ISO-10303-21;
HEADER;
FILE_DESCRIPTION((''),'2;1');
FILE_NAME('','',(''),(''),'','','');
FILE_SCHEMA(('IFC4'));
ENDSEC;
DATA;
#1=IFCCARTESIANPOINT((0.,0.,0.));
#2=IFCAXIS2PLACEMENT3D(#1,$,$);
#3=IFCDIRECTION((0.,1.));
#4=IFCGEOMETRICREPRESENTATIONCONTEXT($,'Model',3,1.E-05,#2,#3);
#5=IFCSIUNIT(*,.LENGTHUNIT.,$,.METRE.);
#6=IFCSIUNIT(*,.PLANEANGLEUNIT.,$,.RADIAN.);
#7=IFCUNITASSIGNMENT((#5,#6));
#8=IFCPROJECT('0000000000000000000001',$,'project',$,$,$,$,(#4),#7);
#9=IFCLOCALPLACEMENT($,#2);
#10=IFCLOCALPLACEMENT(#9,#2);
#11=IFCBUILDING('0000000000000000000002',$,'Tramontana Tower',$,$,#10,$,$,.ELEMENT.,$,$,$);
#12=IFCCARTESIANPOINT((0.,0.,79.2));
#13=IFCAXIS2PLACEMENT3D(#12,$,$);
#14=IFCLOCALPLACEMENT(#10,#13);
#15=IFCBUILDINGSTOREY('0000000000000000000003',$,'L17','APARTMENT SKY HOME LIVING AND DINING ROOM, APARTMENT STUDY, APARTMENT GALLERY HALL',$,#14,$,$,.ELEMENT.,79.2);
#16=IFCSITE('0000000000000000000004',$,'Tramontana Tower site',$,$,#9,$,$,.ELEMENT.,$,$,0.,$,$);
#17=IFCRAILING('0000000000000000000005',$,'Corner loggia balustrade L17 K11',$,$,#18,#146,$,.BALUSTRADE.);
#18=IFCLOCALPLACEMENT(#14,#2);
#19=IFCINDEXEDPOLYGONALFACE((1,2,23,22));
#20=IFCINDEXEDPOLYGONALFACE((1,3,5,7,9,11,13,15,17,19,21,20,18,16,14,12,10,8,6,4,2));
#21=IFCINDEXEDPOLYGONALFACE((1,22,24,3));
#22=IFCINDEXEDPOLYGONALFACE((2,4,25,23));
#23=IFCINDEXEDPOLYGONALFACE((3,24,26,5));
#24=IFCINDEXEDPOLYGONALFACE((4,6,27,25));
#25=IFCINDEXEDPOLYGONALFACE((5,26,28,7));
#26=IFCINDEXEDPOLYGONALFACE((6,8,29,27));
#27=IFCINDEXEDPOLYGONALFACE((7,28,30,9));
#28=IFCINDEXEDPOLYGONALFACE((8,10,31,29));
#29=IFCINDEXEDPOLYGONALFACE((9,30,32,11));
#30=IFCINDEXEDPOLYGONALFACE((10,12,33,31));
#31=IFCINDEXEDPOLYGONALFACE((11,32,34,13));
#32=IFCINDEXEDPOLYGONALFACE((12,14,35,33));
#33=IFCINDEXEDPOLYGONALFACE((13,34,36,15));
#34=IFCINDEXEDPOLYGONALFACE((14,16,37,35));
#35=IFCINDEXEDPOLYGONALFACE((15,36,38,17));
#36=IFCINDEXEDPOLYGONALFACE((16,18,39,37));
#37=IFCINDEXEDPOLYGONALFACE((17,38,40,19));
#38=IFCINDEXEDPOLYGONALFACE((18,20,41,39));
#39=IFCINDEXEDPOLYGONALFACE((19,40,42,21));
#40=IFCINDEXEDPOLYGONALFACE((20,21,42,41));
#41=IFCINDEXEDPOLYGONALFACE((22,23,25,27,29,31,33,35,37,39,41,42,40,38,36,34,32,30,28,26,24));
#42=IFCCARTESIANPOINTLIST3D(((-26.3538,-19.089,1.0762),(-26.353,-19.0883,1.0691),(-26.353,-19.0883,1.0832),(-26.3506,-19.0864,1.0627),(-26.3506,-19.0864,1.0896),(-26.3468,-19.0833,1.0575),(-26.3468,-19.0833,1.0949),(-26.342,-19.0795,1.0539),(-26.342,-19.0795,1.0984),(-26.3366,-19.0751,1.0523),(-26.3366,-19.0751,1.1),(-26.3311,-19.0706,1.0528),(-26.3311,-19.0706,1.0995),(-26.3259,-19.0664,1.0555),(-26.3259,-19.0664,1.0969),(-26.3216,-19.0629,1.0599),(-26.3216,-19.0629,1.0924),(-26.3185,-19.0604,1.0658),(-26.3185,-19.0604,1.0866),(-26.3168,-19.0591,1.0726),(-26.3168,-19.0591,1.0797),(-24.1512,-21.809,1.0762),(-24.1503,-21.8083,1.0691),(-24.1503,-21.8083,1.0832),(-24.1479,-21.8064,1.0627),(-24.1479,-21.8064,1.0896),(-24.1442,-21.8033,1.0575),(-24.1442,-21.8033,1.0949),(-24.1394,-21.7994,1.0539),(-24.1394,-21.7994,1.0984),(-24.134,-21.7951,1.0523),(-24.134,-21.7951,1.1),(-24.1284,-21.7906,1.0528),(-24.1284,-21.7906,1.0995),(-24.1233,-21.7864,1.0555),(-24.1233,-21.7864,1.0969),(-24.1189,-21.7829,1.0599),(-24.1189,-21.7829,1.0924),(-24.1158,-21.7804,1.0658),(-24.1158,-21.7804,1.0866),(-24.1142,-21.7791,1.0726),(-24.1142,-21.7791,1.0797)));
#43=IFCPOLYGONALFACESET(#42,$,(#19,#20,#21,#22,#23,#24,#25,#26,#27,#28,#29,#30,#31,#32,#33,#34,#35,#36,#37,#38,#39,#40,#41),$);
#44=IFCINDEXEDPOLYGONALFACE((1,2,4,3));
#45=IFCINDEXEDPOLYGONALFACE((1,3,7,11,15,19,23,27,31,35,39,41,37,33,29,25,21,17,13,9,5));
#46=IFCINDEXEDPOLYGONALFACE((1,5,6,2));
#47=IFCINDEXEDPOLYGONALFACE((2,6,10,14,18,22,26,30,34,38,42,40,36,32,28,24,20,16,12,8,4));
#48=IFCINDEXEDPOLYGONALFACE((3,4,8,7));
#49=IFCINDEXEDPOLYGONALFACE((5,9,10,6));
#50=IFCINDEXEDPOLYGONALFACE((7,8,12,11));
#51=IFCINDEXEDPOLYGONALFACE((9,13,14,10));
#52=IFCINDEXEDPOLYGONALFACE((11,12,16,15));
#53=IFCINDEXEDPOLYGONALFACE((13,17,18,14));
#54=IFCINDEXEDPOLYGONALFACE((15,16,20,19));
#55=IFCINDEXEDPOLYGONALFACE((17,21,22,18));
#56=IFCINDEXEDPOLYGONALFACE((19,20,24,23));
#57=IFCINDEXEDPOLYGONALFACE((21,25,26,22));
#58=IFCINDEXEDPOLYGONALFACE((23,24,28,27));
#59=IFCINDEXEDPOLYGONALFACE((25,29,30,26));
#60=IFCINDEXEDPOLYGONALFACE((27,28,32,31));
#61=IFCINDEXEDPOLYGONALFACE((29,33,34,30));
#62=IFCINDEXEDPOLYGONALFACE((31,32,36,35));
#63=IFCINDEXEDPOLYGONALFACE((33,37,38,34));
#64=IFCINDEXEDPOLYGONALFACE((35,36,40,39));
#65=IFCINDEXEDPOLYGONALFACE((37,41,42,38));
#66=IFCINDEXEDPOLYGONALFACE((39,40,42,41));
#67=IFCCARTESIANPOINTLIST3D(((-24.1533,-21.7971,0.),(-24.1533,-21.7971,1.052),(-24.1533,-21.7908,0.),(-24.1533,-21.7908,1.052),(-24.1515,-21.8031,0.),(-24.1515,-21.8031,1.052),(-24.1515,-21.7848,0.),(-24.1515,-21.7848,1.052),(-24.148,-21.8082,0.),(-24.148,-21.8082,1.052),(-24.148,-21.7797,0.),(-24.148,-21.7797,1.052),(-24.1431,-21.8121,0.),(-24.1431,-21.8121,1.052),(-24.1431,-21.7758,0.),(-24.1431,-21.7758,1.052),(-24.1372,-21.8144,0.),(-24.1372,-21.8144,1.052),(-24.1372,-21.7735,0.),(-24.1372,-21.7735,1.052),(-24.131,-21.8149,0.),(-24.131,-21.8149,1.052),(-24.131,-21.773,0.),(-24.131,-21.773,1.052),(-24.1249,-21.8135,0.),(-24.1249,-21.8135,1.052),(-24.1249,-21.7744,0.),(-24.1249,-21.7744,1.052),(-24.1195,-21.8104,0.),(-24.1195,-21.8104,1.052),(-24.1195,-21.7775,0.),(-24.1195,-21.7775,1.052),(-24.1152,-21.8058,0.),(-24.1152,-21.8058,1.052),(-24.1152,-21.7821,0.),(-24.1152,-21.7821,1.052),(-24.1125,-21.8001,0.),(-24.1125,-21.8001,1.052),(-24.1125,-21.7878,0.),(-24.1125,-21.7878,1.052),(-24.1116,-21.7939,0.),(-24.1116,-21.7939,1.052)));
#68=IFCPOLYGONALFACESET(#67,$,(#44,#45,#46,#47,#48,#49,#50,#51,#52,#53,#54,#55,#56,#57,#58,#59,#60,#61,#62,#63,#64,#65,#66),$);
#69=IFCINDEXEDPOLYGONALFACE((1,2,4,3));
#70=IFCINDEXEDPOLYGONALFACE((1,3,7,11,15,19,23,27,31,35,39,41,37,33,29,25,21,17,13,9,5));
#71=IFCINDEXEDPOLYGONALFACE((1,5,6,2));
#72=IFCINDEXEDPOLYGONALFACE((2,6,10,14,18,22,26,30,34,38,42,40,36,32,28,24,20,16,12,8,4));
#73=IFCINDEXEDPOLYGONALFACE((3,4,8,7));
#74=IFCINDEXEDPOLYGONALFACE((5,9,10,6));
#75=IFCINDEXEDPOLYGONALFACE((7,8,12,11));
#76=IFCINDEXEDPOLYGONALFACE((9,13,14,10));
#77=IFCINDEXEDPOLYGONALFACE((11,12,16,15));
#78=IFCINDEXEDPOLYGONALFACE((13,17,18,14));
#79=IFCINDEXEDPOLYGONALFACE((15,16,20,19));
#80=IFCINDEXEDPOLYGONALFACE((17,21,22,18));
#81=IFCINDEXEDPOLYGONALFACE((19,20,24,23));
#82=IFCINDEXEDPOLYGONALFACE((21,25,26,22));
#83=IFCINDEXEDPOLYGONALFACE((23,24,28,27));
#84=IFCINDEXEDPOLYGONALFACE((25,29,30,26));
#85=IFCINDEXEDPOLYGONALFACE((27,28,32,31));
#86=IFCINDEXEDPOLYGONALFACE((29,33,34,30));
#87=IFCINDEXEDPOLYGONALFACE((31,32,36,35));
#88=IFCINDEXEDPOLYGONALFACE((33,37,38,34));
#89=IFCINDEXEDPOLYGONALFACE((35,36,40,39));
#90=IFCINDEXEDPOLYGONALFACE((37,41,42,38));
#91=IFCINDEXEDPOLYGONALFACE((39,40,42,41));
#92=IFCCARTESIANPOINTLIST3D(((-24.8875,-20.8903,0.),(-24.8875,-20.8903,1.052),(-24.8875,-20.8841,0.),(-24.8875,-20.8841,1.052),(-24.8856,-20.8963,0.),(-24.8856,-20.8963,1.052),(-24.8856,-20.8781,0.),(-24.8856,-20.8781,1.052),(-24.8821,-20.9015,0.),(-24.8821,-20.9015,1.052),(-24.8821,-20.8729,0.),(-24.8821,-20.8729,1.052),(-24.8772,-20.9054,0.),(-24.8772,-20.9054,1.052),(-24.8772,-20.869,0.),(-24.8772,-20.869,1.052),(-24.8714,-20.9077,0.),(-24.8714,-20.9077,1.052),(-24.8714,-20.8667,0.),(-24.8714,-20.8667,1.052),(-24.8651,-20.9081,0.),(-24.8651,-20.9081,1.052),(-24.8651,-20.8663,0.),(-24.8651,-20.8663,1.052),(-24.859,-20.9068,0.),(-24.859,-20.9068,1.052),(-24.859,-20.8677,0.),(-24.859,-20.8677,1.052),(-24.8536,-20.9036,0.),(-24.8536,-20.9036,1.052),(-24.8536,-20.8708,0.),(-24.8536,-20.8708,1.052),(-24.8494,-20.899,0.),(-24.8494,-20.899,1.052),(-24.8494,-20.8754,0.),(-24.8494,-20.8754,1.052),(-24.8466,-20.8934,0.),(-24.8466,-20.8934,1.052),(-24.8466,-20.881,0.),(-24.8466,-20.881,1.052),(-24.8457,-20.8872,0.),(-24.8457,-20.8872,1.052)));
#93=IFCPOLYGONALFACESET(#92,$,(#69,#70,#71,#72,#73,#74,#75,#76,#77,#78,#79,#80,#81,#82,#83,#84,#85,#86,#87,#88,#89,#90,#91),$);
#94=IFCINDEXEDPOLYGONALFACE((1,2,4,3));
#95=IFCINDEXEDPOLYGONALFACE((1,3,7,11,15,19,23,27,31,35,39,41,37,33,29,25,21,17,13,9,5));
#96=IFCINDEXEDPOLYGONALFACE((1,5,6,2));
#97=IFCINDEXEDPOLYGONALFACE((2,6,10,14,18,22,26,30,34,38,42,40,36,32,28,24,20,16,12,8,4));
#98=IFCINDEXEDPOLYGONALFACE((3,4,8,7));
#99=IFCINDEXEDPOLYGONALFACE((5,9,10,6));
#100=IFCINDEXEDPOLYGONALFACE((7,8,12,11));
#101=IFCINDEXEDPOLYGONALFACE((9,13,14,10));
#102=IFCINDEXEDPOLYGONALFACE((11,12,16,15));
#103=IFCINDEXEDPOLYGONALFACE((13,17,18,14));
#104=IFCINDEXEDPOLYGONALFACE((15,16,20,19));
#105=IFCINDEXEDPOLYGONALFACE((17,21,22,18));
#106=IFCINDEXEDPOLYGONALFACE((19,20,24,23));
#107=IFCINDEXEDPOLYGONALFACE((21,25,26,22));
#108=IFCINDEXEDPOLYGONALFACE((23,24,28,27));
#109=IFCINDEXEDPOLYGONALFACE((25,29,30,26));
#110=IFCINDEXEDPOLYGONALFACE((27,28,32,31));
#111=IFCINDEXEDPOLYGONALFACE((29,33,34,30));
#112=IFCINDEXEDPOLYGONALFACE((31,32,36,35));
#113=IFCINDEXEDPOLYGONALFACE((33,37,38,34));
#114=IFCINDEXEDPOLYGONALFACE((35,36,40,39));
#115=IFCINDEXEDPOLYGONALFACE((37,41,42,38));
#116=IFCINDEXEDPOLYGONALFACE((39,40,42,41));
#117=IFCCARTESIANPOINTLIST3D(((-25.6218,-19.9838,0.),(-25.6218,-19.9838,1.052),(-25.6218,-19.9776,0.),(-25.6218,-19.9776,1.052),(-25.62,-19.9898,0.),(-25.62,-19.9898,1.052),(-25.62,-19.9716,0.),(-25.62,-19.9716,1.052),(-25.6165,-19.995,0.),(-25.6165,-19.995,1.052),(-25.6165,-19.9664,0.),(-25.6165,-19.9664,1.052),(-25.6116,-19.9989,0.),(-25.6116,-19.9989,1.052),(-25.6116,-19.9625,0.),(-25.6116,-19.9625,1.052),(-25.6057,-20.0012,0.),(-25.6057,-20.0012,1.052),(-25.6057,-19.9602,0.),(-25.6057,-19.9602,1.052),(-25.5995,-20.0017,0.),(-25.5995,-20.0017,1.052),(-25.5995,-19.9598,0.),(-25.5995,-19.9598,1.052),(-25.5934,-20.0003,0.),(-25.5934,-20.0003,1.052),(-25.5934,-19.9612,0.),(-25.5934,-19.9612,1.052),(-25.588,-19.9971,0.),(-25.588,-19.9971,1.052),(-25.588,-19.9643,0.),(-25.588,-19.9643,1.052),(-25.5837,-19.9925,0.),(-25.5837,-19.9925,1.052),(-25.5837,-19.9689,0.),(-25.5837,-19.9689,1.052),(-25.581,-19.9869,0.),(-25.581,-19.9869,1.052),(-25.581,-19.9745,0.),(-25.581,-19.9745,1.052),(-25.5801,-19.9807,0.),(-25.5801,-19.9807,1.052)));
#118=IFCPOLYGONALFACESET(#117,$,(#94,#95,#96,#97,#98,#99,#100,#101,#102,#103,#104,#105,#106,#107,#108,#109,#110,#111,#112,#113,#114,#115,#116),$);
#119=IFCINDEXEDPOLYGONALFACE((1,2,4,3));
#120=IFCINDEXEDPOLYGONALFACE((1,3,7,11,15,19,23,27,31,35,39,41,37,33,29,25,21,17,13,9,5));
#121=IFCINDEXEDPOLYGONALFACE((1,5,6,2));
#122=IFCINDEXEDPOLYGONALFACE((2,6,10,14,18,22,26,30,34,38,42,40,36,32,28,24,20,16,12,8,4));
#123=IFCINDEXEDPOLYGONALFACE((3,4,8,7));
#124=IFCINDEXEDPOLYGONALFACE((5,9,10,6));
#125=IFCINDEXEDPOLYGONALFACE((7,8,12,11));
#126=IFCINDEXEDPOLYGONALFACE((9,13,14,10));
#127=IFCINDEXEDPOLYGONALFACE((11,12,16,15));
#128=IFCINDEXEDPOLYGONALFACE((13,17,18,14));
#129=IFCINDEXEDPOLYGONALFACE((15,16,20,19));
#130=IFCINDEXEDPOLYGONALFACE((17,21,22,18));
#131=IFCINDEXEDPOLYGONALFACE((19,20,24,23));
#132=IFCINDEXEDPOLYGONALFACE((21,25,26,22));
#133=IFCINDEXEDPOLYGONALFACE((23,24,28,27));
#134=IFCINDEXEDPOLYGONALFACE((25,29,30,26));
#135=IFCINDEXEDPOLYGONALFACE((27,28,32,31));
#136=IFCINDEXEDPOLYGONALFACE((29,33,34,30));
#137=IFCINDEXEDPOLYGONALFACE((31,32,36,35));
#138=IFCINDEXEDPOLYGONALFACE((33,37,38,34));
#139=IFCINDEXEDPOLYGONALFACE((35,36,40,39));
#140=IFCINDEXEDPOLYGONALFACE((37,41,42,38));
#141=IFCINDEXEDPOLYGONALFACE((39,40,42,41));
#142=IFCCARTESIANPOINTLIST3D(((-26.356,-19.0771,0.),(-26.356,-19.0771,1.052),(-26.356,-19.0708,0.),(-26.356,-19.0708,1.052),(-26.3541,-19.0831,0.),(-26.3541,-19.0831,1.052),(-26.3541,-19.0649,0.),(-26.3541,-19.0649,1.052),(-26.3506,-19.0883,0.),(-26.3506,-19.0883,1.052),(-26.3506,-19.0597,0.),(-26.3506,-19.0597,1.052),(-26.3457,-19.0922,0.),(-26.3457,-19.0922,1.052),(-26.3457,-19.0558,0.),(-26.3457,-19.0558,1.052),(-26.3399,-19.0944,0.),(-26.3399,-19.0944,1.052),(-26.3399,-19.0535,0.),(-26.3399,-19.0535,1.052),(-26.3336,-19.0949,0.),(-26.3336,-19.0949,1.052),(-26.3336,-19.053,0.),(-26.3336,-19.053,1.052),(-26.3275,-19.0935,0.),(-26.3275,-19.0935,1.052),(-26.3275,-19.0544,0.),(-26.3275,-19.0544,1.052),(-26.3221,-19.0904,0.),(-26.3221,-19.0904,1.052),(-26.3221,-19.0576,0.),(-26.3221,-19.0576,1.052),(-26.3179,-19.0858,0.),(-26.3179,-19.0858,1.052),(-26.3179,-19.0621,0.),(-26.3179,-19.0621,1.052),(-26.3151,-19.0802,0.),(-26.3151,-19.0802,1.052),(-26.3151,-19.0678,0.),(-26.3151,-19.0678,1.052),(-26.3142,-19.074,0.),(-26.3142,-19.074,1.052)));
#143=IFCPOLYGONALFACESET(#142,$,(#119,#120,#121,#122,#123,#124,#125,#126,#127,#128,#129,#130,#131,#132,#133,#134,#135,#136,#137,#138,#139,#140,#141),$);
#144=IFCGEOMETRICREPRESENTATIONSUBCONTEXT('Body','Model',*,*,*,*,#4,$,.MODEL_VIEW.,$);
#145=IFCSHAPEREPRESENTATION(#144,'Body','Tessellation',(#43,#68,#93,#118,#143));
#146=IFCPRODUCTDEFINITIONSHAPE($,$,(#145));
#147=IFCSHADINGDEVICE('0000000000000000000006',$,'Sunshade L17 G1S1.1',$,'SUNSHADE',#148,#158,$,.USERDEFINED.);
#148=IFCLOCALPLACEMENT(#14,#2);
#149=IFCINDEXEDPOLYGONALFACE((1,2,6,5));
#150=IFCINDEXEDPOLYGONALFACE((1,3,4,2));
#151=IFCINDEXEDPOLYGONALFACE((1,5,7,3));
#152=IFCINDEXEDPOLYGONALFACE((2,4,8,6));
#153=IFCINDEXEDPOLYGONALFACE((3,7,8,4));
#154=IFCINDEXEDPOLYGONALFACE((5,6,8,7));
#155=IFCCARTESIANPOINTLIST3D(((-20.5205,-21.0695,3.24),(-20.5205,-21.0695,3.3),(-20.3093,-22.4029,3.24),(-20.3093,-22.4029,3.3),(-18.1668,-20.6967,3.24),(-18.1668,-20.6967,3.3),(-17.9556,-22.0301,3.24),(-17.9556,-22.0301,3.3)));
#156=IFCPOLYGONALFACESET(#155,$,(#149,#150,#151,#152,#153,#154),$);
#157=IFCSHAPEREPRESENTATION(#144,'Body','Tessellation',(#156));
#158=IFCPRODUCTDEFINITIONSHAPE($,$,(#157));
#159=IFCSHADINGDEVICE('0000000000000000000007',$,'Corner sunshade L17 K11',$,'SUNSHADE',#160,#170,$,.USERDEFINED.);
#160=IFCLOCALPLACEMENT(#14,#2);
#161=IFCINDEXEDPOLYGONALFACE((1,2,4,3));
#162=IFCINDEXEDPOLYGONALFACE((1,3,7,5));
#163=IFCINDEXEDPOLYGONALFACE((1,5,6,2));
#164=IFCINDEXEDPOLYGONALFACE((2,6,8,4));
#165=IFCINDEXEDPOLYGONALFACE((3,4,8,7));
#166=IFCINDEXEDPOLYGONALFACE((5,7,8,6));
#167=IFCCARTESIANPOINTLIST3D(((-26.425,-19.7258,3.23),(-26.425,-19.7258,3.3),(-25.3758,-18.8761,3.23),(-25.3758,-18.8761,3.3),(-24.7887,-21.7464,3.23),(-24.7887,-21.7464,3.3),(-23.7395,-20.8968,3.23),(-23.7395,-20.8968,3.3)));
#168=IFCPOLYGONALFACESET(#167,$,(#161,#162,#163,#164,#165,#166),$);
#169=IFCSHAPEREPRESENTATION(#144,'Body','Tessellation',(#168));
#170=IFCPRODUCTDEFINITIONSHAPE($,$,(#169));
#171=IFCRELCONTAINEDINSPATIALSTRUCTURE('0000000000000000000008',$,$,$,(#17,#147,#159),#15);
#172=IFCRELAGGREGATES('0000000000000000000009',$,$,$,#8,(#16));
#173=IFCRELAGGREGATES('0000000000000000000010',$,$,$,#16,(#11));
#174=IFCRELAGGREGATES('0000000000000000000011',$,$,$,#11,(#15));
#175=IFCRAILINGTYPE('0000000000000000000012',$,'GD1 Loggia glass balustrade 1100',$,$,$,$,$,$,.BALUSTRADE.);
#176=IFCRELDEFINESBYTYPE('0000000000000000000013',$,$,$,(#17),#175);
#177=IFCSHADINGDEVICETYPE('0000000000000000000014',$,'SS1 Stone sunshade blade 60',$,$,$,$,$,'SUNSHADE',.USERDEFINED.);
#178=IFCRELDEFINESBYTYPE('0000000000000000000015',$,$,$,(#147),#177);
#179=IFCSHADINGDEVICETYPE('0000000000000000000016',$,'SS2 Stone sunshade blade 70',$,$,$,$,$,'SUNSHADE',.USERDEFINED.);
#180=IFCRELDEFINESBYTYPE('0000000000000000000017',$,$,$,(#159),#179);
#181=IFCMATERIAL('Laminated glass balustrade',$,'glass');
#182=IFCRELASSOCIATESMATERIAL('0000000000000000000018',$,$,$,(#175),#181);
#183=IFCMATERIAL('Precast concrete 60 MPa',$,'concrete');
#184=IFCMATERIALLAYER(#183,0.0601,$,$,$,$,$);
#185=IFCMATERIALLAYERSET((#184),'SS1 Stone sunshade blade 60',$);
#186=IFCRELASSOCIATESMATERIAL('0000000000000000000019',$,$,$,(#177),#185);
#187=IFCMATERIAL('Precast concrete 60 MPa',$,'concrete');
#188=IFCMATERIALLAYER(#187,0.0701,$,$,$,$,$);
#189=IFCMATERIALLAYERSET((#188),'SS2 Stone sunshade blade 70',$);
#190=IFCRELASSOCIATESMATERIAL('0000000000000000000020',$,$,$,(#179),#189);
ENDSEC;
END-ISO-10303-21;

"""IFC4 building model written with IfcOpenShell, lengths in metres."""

from ifc_helpers import new_model, si_unit, direction, frame, origin, origin_2d, place, context, subcontext, project, spatial, rectangle, circle, extrude, material, layer, layer_set, type_object, element, save


model = new_model("IFC4")

# Units and contexts
model_context = context("Model", 3, precision=1e-05, world=origin(), true_north=direction((0.0, 1.0)))
body_context = subcontext(model_context, "Body", "Model", "MODEL_VIEW")
ifc_project = project(units=[si_unit("LENGTHUNIT", "METRE"), si_unit("PLANEANGLEUNIT", "RADIAN")], contexts=[model_context])

# Site, building, storey
site_placement = place(None, origin())
site = spatial("IfcSite", under=ifc_project, at=site_placement, Name="Tramontana Tower site", CompositionType="ELEMENT", RefElevation=0.0)
building_placement = place(site_placement, origin())
building = spatial("IfcBuilding", under=site, at=building_placement, Name="Tramontana Tower", CompositionType="ELEMENT")
storey_placement = place(building_placement, frame((0.0, 0.0, 79.2)))
storey = spatial("IfcBuildingStorey", under=building, at=storey_placement, Name="L17", Description="APARTMENT SKY HOME LIVING AND DINING ROOM, APARTMENT STUDY, APARTMENT GALLERY HALL", CompositionType="ELEMENT", Elevation=79.2)

# Railing
ifc_material_1 = material(Name="Laminated glass balustrade", Category="glass")
railing_type = type_object("IfcRailingType", Name="GD1 Loggia glass balustrade 1100", PredefinedType="BALUSTRADE", material=ifc_material_1)
railing_1_placement = place(storey_placement, frame((-24.1326, -21.7939, 0.0)))
element("IfcRailing", 1, at=railing_1_placement, inside=storey, type_object=railing_type, Name="Corner loggia balustrade L17 K11", PredefinedType="BALUSTRADE", context=body_context, shape_type="SweptSolid", body=[
    extrude(circle(Radius=0.0239, at=origin_2d()), frame((0.0, 0.0, 1.0762), z_axis=(-0.629329, 0.777139, 0.0), x_axis=(-0.777139, -0.629329, 0.0)), (0.0, 0.0, 1.0), 3.5),
    extrude(circle(Radius=0.021, at=origin_2d()), origin(), (0.0, 0.0, 1.0), 1.052),
    extrude(circle(Radius=0.021, at=origin_2d()), frame((-0.7341, 0.9067, 0.0)), (0.0, 0.0, 1.0), 1.052),
    extrude(circle(Radius=0.021, at=origin_2d()), frame((-1.4685, 1.8132, 0.0)), (0.0, 0.0, 1.0), 1.052),
    extrude(circle(Radius=0.021, at=origin_2d()), frame((-2.2026, 2.72, 0.0)), (0.0, 0.0, 1.0), 1.052),
])

# Shading devices
ifc_material_2 = material(Name="Precast concrete 60 MPa", Category="concrete")
ifc_layer_1 = layer(ifc_material_2, 0.0601)
ifc_layer_set_1 = layer_set([ifc_layer_1], Name="SS1 Stone sunshade blade 60")
shading_device_type_1 = type_object("IfcShadingDeviceType", Name="SS1 Stone sunshade blade 60", ElementType="SUNSHADE", PredefinedType="USERDEFINED", material=ifc_layer_set_1)
shading_device_1_placement = place(storey_placement, frame((-19.238, -21.5498, 3.24), z_axis=(0.0, 0.0, 1.0), x_axis=(0.987688, 0.156434, 0.0)))
element("IfcShadingDevice", 2, at=shading_device_1_placement, inside=storey, type_object=shading_device_type_1, Name="Sunshade L17 G1S1.1", ObjectType="SUNSHADE", PredefinedType="USERDEFINED", context=body_context, shape_type="SweptSolid", body=[
    extrude(rectangle(XDim=2.3831, YDim=1.3501, at=origin_2d()), origin(), (0.0, 0.0, 1.0), 0.0601),
])
ifc_material_3 = material(Name="Precast concrete 60 MPa", Category="concrete")
ifc_layer_2 = layer(ifc_material_3, 0.0701)
ifc_layer_set_2 = layer_set([ifc_layer_2], Name="SS2 Stone sunshade blade 70")
shading_device_type_2 = type_object("IfcShadingDeviceType", Name="SS2 Stone sunshade blade 70", ElementType="SUNSHADE", PredefinedType="USERDEFINED", material=ifc_layer_set_2)
shading_device_2_placement = place(storey_placement, frame((-25.0823, -20.3113, 3.23), z_axis=(0.0, 0.0, 1.0), x_axis=(-0.62932, 0.777146, 0.0)))
element("IfcShadingDevice", 3, at=shading_device_2_placement, inside=storey, type_object=shading_device_type_2, Name="Corner sunshade L17 K11", ObjectType="SUNSHADE", PredefinedType="USERDEFINED", context=body_context, shape_type="SweptSolid", body=[
    extrude(rectangle(XDim=2.6001, YDim=1.3501, at=origin_2d()), origin(), (0.0, 0.0, 1.0), 0.0701),
])

save(model, "model.ifc")
